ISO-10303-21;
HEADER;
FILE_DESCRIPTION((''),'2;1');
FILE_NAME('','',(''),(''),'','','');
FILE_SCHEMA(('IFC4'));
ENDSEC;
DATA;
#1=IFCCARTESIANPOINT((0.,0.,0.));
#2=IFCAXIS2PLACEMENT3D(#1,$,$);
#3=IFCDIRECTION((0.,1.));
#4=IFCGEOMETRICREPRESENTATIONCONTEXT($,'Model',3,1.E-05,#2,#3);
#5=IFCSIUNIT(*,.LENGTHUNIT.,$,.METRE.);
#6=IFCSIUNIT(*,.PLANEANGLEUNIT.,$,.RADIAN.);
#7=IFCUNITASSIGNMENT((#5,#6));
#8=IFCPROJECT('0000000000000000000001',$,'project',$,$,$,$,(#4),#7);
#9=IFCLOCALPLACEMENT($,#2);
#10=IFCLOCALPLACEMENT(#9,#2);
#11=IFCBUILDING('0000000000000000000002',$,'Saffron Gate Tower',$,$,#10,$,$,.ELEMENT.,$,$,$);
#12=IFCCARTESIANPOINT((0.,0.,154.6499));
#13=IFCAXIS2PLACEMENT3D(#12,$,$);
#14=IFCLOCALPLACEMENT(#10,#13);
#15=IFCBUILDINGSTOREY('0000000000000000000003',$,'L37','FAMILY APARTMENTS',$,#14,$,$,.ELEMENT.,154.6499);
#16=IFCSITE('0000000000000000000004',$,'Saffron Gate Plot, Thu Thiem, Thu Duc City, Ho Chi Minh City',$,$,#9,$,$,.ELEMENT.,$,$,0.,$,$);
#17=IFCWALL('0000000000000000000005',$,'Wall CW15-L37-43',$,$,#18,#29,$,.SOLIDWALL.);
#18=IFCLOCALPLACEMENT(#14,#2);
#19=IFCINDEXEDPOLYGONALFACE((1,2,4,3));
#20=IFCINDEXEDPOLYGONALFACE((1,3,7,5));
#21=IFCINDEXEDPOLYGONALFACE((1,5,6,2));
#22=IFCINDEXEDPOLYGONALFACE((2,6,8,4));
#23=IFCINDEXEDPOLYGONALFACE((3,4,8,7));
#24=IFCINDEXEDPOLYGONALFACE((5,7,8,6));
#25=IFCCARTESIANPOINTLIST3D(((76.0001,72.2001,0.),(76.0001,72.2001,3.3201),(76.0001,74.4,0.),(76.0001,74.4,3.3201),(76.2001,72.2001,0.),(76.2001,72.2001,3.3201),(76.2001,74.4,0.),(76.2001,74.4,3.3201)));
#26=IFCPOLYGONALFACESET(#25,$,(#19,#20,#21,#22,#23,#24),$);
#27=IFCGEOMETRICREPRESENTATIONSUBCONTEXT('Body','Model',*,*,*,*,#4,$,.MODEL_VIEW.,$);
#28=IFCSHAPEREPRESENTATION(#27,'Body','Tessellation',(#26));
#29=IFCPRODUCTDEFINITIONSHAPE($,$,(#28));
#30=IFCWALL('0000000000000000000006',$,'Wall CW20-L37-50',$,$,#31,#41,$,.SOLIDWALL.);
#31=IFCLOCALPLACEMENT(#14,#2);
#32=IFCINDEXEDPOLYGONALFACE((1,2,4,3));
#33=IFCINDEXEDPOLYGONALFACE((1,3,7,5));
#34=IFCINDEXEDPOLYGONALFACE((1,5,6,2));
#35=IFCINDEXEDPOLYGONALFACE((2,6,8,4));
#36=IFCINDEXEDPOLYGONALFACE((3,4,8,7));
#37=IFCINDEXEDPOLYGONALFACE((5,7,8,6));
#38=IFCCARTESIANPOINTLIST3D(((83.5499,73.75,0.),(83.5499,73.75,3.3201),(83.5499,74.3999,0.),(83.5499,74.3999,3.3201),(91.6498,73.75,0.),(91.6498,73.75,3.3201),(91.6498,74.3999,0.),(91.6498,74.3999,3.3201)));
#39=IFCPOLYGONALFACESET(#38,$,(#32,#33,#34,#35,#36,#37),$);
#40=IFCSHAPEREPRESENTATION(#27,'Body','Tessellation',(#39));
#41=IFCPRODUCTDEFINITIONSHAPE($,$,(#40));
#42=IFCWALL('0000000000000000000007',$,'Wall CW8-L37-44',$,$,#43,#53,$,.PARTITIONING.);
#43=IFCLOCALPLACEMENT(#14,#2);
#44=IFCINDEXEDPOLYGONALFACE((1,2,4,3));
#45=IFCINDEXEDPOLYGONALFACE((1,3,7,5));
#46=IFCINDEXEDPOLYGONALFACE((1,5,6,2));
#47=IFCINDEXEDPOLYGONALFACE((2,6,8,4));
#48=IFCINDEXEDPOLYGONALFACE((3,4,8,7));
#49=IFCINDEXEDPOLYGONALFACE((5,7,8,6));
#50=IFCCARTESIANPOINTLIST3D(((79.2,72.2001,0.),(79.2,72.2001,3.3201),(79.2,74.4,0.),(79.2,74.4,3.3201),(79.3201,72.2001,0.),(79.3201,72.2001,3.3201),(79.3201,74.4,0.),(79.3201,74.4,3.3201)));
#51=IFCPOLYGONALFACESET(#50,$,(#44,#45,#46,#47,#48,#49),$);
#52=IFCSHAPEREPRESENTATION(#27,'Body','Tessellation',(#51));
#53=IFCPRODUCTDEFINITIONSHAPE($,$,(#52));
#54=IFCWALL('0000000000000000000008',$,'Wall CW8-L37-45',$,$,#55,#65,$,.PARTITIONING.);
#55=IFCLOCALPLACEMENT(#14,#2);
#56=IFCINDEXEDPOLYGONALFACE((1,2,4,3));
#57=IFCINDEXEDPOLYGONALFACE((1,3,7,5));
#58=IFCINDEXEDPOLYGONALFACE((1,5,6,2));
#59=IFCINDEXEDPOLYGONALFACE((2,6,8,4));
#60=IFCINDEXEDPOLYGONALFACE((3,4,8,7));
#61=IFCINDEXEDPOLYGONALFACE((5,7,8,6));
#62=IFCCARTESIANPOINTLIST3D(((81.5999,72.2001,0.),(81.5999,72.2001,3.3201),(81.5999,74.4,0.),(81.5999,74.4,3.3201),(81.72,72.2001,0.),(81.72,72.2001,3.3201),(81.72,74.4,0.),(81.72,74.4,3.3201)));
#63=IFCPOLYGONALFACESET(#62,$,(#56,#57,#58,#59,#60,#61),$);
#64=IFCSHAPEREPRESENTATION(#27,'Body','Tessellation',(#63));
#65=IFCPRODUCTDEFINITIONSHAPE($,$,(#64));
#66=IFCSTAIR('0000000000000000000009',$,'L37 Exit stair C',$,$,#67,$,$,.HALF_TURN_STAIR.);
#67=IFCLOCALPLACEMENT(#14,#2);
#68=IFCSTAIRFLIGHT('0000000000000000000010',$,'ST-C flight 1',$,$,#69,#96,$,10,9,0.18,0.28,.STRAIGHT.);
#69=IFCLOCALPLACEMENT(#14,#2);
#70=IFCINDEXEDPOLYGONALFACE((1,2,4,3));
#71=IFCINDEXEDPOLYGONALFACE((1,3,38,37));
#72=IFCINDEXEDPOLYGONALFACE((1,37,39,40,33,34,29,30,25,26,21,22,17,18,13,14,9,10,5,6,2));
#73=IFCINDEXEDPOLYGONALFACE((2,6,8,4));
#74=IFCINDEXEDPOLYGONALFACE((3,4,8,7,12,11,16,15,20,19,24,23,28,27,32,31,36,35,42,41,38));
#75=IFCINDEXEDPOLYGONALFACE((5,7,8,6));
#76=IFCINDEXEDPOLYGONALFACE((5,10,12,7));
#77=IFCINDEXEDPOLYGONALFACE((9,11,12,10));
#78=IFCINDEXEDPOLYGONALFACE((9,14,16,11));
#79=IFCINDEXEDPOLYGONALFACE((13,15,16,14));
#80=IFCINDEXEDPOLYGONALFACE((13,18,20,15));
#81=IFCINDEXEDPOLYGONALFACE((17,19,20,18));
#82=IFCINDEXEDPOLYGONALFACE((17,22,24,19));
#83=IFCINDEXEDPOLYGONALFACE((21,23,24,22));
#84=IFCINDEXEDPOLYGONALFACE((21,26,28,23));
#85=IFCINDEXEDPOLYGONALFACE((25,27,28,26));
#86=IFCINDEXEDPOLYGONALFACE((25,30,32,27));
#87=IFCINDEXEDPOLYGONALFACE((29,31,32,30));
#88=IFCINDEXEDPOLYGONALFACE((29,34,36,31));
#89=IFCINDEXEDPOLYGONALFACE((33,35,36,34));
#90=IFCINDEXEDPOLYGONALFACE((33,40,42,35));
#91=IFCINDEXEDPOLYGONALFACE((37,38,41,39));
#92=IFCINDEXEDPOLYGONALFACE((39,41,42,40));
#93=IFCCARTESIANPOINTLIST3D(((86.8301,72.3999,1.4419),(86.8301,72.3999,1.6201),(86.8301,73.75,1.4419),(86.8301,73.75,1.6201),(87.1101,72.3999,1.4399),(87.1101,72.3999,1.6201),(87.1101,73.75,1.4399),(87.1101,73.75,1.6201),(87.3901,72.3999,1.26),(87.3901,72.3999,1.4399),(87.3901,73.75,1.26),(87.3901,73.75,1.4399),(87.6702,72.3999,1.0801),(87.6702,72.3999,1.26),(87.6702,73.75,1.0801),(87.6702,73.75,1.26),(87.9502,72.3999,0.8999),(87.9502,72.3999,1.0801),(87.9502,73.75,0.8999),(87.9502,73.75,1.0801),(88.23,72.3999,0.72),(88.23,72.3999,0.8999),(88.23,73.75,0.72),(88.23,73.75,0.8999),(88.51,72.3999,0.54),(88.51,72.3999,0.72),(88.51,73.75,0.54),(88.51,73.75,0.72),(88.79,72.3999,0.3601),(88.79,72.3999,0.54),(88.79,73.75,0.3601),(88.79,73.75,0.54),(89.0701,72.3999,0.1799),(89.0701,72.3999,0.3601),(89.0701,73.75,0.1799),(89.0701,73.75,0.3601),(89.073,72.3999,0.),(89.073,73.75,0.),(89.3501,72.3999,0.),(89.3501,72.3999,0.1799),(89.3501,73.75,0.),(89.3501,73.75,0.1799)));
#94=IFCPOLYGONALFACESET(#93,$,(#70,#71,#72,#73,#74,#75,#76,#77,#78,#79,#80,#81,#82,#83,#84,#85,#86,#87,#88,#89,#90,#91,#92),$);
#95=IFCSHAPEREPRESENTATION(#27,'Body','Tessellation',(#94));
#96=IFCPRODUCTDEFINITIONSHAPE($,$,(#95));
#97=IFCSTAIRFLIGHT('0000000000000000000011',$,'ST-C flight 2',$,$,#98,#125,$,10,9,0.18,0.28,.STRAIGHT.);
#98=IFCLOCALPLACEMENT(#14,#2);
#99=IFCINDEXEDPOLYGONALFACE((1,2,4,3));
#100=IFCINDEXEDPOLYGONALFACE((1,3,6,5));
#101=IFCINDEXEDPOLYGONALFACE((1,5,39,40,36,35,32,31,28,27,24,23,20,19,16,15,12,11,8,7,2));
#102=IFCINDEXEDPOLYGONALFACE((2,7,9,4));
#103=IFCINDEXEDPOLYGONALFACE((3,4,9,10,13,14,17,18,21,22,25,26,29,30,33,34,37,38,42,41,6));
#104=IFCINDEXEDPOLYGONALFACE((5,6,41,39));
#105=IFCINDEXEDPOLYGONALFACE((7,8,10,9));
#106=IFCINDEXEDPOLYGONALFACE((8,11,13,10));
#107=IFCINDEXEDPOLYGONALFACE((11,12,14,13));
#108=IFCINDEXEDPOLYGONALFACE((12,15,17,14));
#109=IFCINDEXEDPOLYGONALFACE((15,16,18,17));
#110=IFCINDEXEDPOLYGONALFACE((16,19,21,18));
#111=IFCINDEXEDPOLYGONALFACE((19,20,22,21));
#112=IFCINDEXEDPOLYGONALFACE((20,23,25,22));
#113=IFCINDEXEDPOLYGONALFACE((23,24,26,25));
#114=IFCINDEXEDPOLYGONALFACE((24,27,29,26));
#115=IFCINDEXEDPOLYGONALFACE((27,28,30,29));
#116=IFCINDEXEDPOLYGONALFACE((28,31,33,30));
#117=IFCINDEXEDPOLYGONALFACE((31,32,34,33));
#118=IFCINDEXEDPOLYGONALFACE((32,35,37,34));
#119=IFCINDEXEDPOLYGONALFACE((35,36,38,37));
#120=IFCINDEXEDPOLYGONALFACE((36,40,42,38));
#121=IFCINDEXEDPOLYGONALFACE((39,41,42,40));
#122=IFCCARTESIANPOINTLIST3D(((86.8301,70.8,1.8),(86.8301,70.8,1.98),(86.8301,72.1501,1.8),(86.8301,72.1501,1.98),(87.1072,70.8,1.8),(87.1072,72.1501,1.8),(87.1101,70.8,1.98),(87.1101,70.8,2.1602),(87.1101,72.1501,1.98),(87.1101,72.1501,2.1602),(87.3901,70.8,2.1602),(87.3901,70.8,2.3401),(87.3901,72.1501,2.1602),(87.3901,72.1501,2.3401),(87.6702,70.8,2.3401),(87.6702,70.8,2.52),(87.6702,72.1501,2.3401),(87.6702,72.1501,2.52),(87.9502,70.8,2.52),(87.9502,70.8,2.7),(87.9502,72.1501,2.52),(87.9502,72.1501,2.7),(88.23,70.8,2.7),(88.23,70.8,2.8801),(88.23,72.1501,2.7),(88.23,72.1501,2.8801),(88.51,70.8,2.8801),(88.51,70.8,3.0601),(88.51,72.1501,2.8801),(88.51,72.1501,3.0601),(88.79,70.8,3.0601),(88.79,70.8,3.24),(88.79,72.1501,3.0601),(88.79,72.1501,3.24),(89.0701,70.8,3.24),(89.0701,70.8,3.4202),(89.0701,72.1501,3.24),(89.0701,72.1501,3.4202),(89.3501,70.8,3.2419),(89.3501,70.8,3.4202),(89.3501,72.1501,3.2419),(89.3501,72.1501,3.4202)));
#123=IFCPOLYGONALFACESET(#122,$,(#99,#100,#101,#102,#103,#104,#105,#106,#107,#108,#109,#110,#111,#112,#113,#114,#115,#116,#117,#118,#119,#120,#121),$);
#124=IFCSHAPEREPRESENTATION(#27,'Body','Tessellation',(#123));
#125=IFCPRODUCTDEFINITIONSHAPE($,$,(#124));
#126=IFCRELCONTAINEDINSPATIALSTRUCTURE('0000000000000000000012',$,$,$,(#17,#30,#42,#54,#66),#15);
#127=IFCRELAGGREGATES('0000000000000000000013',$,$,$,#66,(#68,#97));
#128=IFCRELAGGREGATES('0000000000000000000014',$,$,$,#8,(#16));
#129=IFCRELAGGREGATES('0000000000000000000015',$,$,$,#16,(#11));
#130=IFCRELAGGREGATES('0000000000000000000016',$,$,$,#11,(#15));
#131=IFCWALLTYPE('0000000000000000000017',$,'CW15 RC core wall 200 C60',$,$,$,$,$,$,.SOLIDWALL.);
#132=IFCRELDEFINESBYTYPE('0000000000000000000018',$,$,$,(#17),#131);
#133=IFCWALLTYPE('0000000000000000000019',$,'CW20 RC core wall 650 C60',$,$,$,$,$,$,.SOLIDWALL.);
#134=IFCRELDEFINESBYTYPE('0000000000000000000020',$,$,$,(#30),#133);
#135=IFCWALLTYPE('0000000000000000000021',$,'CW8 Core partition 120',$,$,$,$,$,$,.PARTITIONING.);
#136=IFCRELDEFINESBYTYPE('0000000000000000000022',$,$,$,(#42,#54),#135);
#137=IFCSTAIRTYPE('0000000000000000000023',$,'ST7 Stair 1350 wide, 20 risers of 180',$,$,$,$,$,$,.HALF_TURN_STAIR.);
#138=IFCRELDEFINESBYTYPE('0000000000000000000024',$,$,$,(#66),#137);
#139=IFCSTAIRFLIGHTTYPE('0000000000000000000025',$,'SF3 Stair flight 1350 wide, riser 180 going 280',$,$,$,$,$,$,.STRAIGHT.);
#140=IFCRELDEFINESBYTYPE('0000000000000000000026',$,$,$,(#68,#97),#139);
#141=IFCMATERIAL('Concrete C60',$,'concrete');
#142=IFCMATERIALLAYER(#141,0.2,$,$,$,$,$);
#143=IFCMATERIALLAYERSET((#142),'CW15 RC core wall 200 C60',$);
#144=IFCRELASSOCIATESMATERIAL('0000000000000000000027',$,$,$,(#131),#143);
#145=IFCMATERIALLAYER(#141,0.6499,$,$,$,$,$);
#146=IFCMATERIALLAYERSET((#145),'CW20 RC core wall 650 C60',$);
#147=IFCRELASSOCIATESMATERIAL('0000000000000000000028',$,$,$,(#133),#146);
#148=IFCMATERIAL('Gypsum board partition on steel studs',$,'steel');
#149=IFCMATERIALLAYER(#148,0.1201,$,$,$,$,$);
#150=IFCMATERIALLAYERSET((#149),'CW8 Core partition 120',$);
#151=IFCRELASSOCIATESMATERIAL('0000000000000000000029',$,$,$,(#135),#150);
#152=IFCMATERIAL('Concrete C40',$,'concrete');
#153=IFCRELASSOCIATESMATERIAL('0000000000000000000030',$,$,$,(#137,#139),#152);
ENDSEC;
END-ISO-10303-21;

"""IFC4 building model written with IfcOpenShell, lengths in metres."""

from ifc_helpers import new_model, si_unit, direction, frame, frame_2d, origin, place, context, subcontext, project, spatial, polyline, rectangle, outline, extrude, material, layer, layer_set, type_object, element, aggregate, save


model = new_model("IFC4")

# Units and contexts
model_context = context("Model", 3, precision=1e-05, world=origin(), true_north=direction((0.0, 1.0)))
body_context = subcontext(model_context, "Body", "Model", "MODEL_VIEW")
ifc_project = project(units=[si_unit("LENGTHUNIT", "METRE"), si_unit("PLANEANGLEUNIT", "RADIAN")], contexts=[model_context])

# Site, building, storey
site_placement = place(None, origin())
site = spatial("IfcSite", under=ifc_project, at=site_placement, Name="Saffron Gate Plot, Thu Thiem, Thu Duc City, Ho Chi Minh City", CompositionType="ELEMENT", RefElevation=0.0)
building_placement = place(site_placement, origin())
building = spatial("IfcBuilding", under=site, at=building_placement, Name="Saffron Gate Tower", CompositionType="ELEMENT")
storey_placement = place(building_placement, frame((0.0, 0.0, 154.6499)))
storey = spatial("IfcBuildingStorey", under=building, at=storey_placement, Name="L37", Description="FAMILY APARTMENTS", CompositionType="ELEMENT", Elevation=154.6499)

# Walls
ifc_material_1 = material(Name="Concrete C60", Category="concrete")
ifc_layer_1 = layer(ifc_material_1, 0.2)
ifc_layer_set_1 = layer_set([ifc_layer_1], Name="CW15 RC core wall 200 C60")
wall_type_1 = type_object("IfcWallType", Name="CW15 RC core wall 200 C60", PredefinedType="SOLIDWALL", material=ifc_layer_set_1)
wall_1_placement = place(storey_placement, frame((76.1001, 72.2, 0.0), z_axis=(0.0, 0.0, 1.0), x_axis=(0.0, 1.0, 0.0)))
element("IfcWall", 1, at=wall_1_placement, inside=storey, type_object=wall_type_1, Name="Wall CW15-L37-43", PredefinedType="SOLIDWALL", context=body_context, shape_type="SweptSolid", body=[
    extrude(rectangle(XDim=2.2, YDim=0.2, at=frame_2d((1.1001, 0.0))), origin(), (0.0, 0.0, 1.0), 3.3201),
])
ifc_layer_2 = layer(ifc_material_1, 0.6499)
ifc_layer_set_2 = layer_set([ifc_layer_2], Name="CW20 RC core wall 650 C60")
wall_type_2 = type_object("IfcWallType", Name="CW20 RC core wall 650 C60", PredefinedType="SOLIDWALL", material=ifc_layer_set_2)
wall_2_placement = place(storey_placement, frame((83.55, 74.075, 0.0), z_axis=(0.0, 0.0, 1.0), x_axis=(1.0, 0.0, 0.0)))
element("IfcWall", 2, at=wall_2_placement, inside=storey, type_object=wall_type_2, Name="Wall CW20-L37-50", PredefinedType="SOLIDWALL", context=body_context, shape_type="SweptSolid", body=[
    extrude(rectangle(XDim=8.0999, YDim=0.6499, at=frame_2d((4.0498, 0.0))), origin(), (0.0, 0.0, 1.0), 3.3201),
])
ifc_material_2 = material(Name="Gypsum board partition on steel studs", Category="steel")
ifc_layer_3 = layer(ifc_material_2, 0.1201)
ifc_layer_set_3 = layer_set([ifc_layer_3], Name="CW8 Core partition 120")
wall_type_3 = type_object("IfcWallType", Name="CW8 Core partition 120", PredefinedType="PARTITIONING", material=ifc_layer_set_3)
for number, where, z_axis, x_axis, name in (
    (3, (79.26, 72.2, 0.0), (0.0, 0.0, 1.0), (0.0, 1.0, 0.0), "Wall CW8-L37-44"),
    (4, (81.6599, 72.2, 0.0), (0.0, 0.0, 1.0), (0.0, 1.0, 0.0), "Wall CW8-L37-45"),
):
    element("IfcWall", number, at=place(storey_placement, frame(where, z_axis=z_axis, x_axis=x_axis)), inside=storey, type_object=wall_type_3, Name=name, PredefinedType="PARTITIONING", context=body_context, shape_type="SweptSolid", body=[
        extrude(rectangle(XDim=2.2, YDim=0.1201, at=frame_2d((1.1001, 0.0))), origin(), (0.0, 0.0, 1.0), 3.3201),
    ])

# Stair, stair flights
ifc_material_3 = material(Name="Concrete C40", Category="concrete")
stair_type = type_object("IfcStairType", Name="ST7 Stair 1350 wide, 20 risers of 180", PredefinedType="HALF_TURN_STAIR", material=ifc_material_3)
stair_placement = place(storey_placement, origin())
stair = element("IfcStair", 5, at=stair_placement, inside=storey, type_object=stair_type, Name="L37 Exit stair C", PredefinedType="HALF_TURN_STAIR")
stair_flight_type = type_object("IfcStairFlightType", Name="SF3 Stair flight 1350 wide, riser 180 going 280", PredefinedType="STRAIGHT", material=ifc_material_3)
stair_flight_1_placement = place(storey_placement, frame((89.3501, 73.075, 0.0), z_axis=(0.0, 0.0, 1.0), x_axis=(-1.0, 0.0, 0.0)))
stair_flight_1 = element("IfcStairFlight", 6, at=stair_flight_1_placement, type_object=stair_flight_type, Name="ST-C flight 1", NumberOfRisers=10, NumberOfTreads=9, PredefinedType="STRAIGHT", RiserHeight=0.18, TreadLength=0.28, context=body_context, shape_type="SweptSolid", body=[
    extrude(outline(polyline([(0.0, 0.0), (0.0, 0.1799), (0.28, 0.1799), (0.28, 0.3601), (0.5601, 0.3601), (0.5601, 0.54), (0.8401, 0.54), (0.8401, 0.72), (1.1201, 0.72), (1.1201, 0.8999), (1.3999, 0.8999), (1.3999, 1.0801), (1.6799, 1.0801), (1.6799, 1.26), (1.96, 1.26), (1.96, 1.4399), (2.24, 1.4399), (2.24, 1.6201), (2.52, 1.6201), (2.52, 1.8), (2.52, 1.4419), (0.2771, 0.0), (0.0, 0.0)])), frame((0.0, 0.675, 0.0), z_axis=(0.0, -1.0, 0.0), x_axis=(1.0, 0.0, 0.0)), (0.0, 0.0, 1.0), 1.3501),
])
stair_flight_2_placement = place(storey_placement, frame((86.8301, 71.4751, 1.8), z_axis=(0.0, 0.0, 1.0), x_axis=(1.0, 0.0, 0.0)))
stair_flight_2 = element("IfcStairFlight", 7, at=stair_flight_2_placement, type_object=stair_flight_type, Name="ST-C flight 2", NumberOfRisers=10, NumberOfTreads=9, PredefinedType="STRAIGHT", RiserHeight=0.18, TreadLength=0.28, context=body_context, shape_type="SweptSolid", body=[
    extrude(outline(polyline([(0.0, 0.0), (0.0, 0.1799), (0.28, 0.1799), (0.28, 0.3601), (0.5601, 0.3601), (0.5601, 0.54), (0.8401, 0.54), (0.8401, 0.72), (1.1201, 0.72), (1.1201, 0.8999), (1.3999, 0.8999), (1.3999, 1.0801), (1.6799, 1.0801), (1.6799, 1.26), (1.96, 1.26), (1.96, 1.4399), (2.24, 1.4399), (2.24, 1.6201), (2.52, 1.6201), (2.52, 1.8), (2.52, 1.4419), (0.2771, 0.0), (0.0, 0.0)])), frame((0.0, 0.675, 0.0), z_axis=(0.0, -1.0, 0.0), x_axis=(1.0, 0.0, 0.0)), (0.0, 0.0, 1.0), 1.3501),
])
aggregate(stair, [stair_flight_1, stair_flight_2])

save(model, "model.ifc")
